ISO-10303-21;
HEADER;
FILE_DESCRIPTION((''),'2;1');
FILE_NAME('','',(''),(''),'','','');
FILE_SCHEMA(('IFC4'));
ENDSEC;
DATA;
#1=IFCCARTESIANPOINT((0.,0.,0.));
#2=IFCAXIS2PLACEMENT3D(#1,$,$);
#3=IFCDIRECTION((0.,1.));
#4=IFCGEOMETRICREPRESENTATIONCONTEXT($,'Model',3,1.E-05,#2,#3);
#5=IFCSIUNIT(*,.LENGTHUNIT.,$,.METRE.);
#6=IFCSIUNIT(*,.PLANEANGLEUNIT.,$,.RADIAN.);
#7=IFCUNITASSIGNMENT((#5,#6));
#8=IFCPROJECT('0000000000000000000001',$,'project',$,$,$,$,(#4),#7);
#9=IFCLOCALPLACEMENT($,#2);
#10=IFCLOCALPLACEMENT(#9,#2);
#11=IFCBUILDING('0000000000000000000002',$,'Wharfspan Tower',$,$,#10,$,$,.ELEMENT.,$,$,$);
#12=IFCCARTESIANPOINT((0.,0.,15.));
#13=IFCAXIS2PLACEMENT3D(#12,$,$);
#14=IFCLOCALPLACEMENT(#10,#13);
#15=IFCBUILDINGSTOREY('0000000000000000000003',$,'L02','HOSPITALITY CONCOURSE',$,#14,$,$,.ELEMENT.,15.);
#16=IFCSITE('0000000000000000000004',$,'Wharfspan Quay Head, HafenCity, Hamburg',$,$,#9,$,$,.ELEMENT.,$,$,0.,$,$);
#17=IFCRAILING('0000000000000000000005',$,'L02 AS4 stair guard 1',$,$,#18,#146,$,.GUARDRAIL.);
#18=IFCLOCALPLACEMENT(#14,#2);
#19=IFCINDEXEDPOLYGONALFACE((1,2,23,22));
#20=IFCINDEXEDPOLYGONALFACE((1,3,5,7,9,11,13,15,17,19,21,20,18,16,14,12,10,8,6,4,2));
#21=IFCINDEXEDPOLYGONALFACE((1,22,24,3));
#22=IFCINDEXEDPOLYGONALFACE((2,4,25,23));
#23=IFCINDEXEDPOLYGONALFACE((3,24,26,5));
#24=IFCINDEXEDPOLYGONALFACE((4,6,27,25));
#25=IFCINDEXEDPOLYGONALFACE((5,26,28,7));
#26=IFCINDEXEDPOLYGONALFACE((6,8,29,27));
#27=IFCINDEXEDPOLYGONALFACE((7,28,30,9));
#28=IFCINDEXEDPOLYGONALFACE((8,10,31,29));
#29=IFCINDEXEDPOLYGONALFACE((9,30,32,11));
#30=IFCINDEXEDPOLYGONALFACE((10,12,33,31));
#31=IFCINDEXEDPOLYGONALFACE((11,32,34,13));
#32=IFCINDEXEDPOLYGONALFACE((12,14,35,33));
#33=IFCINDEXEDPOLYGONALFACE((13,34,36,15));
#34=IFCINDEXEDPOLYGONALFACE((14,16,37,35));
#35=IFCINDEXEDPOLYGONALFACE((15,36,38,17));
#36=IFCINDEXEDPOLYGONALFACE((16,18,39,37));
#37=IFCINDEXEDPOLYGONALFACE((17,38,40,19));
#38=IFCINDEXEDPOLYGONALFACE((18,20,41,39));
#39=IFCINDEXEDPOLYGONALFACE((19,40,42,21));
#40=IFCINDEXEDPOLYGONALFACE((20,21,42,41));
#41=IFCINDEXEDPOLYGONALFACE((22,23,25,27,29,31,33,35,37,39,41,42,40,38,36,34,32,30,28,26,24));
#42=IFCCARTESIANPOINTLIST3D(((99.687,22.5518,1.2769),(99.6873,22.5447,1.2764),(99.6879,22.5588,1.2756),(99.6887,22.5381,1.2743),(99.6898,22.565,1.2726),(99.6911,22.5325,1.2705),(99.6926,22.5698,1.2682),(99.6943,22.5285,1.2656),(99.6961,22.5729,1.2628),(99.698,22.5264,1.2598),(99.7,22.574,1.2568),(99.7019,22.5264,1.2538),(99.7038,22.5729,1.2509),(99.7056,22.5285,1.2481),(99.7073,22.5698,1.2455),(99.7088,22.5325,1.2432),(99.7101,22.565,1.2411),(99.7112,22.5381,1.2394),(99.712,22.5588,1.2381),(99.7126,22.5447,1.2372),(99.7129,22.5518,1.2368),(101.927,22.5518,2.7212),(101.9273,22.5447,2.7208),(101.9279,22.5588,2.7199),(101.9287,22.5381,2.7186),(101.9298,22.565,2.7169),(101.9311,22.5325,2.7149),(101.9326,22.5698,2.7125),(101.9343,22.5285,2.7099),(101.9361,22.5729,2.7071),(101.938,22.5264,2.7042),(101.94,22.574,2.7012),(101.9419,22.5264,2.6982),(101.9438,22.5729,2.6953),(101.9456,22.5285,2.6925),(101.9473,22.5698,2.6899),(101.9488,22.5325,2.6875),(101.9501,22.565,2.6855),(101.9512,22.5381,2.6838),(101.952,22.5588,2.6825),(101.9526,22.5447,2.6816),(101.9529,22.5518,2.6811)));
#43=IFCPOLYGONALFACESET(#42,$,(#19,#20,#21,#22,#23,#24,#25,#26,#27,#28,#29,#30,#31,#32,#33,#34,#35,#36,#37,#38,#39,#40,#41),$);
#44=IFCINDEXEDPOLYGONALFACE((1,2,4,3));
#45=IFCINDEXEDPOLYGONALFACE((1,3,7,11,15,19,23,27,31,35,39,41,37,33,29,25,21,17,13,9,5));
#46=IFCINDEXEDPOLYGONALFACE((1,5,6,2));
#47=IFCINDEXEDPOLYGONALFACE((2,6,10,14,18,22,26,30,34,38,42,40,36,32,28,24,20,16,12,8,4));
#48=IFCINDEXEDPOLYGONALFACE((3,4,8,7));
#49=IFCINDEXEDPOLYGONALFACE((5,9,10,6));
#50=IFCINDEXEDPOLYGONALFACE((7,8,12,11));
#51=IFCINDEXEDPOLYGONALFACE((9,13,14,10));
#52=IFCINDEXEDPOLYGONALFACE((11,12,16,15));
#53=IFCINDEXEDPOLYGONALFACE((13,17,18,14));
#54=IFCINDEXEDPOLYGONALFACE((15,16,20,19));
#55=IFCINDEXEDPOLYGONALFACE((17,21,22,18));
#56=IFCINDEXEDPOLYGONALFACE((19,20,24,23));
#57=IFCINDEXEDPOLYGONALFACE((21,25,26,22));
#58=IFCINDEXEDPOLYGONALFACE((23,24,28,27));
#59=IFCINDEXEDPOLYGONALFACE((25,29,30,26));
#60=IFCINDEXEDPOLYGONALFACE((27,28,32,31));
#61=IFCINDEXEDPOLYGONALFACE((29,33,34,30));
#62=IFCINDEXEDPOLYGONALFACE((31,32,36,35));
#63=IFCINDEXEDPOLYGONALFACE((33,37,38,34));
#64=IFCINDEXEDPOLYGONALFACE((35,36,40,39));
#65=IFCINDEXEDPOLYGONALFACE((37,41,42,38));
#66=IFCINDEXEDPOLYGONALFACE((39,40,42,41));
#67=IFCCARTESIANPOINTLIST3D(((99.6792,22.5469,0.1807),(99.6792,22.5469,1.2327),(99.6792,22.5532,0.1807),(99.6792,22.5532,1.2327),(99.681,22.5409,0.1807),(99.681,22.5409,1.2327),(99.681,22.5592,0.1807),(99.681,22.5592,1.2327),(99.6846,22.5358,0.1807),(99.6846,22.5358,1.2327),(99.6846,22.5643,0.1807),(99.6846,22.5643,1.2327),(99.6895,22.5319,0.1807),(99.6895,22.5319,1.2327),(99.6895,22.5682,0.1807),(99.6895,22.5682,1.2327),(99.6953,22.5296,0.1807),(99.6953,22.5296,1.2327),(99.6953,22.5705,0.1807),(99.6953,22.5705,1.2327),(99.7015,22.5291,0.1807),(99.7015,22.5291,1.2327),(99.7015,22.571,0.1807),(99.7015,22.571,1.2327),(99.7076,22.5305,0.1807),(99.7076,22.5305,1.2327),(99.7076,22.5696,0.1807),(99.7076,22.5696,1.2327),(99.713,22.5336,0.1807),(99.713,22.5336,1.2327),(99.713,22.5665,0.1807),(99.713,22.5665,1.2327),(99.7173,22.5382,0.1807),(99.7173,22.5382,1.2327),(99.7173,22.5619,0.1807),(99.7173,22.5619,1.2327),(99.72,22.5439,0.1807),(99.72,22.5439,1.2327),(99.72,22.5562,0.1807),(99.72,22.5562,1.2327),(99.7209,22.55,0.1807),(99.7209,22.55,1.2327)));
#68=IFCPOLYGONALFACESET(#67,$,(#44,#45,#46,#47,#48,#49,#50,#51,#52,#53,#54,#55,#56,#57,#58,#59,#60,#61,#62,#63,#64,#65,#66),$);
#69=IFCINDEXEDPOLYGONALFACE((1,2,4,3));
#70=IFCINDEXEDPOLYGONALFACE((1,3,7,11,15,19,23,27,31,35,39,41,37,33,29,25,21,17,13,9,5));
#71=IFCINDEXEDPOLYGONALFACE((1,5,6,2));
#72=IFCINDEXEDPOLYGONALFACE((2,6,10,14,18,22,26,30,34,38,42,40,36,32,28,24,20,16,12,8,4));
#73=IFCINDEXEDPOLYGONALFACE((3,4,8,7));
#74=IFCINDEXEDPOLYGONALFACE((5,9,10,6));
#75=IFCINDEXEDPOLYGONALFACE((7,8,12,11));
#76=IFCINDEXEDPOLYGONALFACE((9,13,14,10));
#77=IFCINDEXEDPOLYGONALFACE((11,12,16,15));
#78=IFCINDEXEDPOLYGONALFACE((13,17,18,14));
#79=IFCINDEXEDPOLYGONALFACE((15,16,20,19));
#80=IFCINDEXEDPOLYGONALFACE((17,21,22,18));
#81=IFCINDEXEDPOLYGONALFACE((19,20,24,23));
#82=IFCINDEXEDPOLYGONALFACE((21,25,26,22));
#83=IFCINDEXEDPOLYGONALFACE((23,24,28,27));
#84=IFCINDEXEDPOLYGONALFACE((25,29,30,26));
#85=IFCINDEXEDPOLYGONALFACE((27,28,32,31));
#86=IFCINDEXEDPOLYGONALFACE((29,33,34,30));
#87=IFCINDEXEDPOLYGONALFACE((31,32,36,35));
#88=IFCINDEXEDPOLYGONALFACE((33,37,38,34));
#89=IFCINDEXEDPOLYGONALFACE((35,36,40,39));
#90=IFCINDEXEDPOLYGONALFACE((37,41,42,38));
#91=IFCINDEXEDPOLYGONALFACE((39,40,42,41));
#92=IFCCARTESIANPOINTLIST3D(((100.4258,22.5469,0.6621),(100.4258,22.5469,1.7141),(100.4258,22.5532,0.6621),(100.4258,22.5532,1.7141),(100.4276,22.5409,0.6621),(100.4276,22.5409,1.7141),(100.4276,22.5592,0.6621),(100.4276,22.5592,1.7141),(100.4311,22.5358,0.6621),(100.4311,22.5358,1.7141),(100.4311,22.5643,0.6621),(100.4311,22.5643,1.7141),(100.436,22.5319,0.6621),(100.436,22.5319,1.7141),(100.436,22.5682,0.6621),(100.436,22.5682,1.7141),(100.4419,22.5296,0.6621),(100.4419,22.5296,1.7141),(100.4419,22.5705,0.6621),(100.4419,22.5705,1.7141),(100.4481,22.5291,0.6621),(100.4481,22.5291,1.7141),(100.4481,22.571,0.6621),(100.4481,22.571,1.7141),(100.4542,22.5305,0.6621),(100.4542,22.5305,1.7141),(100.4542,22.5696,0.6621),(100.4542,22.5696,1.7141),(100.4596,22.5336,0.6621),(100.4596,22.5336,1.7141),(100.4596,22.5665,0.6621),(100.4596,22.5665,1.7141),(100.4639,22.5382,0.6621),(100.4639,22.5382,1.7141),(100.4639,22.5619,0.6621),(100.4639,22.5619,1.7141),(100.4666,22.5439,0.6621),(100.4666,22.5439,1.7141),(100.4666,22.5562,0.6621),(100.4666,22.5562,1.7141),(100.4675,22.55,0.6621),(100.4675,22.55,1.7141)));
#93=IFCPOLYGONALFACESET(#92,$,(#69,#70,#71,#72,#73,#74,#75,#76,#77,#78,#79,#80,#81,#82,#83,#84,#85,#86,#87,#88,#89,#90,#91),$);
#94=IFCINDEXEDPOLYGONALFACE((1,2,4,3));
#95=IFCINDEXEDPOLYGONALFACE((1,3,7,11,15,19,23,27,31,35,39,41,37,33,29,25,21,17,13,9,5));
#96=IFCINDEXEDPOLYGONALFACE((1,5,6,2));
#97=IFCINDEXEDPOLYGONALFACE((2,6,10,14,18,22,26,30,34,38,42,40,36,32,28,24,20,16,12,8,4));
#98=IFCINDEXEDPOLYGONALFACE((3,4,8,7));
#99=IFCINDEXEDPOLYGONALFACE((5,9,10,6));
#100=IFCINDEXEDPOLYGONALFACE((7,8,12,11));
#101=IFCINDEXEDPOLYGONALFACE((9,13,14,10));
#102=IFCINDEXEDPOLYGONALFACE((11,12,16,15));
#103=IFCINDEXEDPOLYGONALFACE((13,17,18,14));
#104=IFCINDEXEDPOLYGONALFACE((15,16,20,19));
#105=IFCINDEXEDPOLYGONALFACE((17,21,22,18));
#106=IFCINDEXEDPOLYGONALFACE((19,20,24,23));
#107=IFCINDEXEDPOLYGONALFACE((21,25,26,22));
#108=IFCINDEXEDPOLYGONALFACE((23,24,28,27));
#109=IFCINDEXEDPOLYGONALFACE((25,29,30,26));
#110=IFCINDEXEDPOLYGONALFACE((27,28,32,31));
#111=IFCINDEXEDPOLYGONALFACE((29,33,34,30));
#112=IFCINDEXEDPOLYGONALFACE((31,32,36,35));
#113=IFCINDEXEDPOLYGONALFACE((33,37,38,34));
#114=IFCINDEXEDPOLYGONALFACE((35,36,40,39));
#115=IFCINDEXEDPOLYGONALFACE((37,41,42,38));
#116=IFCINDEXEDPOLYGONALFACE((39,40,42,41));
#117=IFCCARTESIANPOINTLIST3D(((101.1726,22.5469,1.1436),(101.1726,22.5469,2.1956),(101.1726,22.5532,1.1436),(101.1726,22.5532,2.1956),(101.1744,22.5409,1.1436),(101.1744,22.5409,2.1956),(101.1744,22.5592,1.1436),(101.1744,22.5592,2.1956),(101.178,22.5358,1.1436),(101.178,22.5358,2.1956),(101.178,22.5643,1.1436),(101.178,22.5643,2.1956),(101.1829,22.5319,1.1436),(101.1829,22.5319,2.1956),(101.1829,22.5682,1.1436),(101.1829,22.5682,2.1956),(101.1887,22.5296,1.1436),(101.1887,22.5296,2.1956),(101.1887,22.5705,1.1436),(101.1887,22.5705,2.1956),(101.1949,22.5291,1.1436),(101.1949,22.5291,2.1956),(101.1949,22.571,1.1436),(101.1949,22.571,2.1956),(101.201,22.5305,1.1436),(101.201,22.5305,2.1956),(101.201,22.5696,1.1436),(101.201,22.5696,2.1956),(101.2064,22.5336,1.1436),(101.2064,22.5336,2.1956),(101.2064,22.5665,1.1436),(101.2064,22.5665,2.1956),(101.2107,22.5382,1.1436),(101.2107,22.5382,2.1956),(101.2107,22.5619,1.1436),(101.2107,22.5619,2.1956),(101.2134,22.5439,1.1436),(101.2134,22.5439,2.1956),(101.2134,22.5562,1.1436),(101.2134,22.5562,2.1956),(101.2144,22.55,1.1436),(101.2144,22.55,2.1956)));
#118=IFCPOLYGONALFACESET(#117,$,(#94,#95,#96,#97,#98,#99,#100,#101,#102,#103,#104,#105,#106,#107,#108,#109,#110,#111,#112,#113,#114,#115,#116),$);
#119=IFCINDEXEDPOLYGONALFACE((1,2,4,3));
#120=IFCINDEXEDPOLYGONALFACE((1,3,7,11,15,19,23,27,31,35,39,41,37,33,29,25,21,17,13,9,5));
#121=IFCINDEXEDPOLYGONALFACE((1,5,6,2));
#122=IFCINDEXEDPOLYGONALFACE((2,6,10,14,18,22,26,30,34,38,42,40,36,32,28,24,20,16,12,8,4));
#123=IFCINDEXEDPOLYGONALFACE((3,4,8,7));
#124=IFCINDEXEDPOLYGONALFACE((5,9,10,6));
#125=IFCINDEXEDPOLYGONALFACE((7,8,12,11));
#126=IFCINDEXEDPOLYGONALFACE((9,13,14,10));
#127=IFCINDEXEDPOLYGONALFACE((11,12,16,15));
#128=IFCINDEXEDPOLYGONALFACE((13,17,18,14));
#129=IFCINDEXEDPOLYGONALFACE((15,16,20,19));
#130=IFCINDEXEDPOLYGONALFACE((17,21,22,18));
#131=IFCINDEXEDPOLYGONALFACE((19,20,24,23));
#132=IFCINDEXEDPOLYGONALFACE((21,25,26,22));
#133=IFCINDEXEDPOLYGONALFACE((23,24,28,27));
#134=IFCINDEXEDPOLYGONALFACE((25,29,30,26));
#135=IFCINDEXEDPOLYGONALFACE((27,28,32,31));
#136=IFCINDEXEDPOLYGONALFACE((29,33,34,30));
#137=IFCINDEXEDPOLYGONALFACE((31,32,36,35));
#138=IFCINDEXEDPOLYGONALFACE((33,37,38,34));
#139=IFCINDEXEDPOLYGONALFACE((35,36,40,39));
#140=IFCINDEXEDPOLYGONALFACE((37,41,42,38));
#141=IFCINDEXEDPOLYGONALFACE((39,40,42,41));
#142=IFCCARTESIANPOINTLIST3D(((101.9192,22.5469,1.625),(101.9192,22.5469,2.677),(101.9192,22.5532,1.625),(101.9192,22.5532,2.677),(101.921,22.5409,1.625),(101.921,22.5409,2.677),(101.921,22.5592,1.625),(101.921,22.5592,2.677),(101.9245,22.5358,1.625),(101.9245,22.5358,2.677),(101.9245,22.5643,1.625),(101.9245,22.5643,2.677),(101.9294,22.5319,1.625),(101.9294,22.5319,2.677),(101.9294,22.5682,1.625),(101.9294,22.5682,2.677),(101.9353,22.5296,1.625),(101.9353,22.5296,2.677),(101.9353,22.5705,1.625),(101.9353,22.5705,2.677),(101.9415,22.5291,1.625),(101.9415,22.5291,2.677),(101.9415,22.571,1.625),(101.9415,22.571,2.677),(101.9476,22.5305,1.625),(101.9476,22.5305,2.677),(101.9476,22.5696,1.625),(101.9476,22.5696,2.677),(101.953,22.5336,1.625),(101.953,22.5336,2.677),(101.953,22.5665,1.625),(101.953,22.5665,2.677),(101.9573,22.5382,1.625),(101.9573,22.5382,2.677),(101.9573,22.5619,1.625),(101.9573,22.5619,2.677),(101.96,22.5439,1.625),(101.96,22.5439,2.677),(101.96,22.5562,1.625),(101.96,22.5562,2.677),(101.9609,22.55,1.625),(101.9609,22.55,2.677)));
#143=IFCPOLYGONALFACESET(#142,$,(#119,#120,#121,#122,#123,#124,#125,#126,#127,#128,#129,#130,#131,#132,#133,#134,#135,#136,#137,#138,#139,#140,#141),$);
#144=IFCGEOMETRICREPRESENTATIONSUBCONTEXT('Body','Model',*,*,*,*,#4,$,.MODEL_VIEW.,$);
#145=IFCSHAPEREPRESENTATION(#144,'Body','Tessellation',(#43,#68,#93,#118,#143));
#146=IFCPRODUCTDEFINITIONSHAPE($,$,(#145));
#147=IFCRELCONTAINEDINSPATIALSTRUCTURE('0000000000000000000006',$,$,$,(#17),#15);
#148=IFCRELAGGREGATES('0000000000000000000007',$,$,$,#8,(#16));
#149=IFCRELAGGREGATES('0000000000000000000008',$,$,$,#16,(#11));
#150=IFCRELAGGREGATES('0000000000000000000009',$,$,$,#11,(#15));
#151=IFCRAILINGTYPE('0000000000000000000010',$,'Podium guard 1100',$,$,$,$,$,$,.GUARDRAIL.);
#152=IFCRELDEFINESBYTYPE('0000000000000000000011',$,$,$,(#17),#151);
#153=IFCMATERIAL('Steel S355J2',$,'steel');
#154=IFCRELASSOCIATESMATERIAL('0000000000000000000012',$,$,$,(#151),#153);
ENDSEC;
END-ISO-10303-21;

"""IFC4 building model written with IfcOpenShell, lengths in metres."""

from ifc_helpers import new_model, si_unit, direction, frame, origin, origin_2d, place, context, subcontext, project, spatial, circle, extrude, material, type_object, element, save


model = new_model("IFC4")

# Units and contexts
model_context = context("Model", 3, precision=1e-05, world=origin(), true_north=direction((0.0, 1.0)))
body_context = subcontext(model_context, "Body", "Model", "MODEL_VIEW")
ifc_project = project(units=[si_unit("LENGTHUNIT", "METRE"), si_unit("PLANEANGLEUNIT", "RADIAN")], contexts=[model_context])

# Site, building, storey
site_placement = place(None, origin())
site = spatial("IfcSite", under=ifc_project, at=site_placement, Name="Wharfspan Quay Head, HafenCity, Hamburg", CompositionType="ELEMENT", RefElevation=0.0)
building_placement = place(site_placement, origin())
building = spatial("IfcBuilding", under=site, at=building_placement, Name="Wharfspan Tower", CompositionType="ELEMENT")
storey_placement = place(building_placement, frame((0.0, 0.0, 15.0)))
storey = spatial("IfcBuildingStorey", under=building, at=storey_placement, Name="L02", Description="HOSPITALITY CONCOURSE", CompositionType="ELEMENT", Elevation=15.0)

# Railing
ifc_material_1 = material(Name="Steel S355J2", Category="steel")
railing_type_1 = type_object("IfcRailingType", Name="Podium guard 1100", PredefinedType="GUARDRAIL", material=ifc_material_1)
railing_1_placement = place(storey_placement, frame((99.7, 22.55, 0.1807)))
element("IfcRailing", 1, at=railing_1_placement, inside=storey, type_object=railing_type_1, Name="L02 AS4 stair guard 1", PredefinedType="GUARDRAIL", context=body_context, shape_type="SweptSolid", body=[
    extrude(circle(Radius=0.0239, at=origin_2d()), frame((0.0, 0.0, 1.0762), z_axis=(0.840437, 0.0, 0.54191), x_axis=(0.0, 1.0, 0.0)), (0.0, 0.0, 1.0), 2.6653),
    extrude(circle(Radius=0.021, at=origin_2d()), origin(), (0.0, 0.0, 1.0), 1.052),
    extrude(circle(Radius=0.021, at=origin_2d()), frame((0.7466, 0.0, 0.4814)), (0.0, 0.0, 1.0), 1.052),
    extrude(circle(Radius=0.021, at=origin_2d()), frame((1.4934, 0.0, 0.9629)), (0.0, 0.0, 1.0), 1.052),
    extrude(circle(Radius=0.021, at=origin_2d()), frame((2.24, 0.0, 1.4443)), (0.0, 0.0, 1.0), 1.052),
])

save(model, "model.ifc")
